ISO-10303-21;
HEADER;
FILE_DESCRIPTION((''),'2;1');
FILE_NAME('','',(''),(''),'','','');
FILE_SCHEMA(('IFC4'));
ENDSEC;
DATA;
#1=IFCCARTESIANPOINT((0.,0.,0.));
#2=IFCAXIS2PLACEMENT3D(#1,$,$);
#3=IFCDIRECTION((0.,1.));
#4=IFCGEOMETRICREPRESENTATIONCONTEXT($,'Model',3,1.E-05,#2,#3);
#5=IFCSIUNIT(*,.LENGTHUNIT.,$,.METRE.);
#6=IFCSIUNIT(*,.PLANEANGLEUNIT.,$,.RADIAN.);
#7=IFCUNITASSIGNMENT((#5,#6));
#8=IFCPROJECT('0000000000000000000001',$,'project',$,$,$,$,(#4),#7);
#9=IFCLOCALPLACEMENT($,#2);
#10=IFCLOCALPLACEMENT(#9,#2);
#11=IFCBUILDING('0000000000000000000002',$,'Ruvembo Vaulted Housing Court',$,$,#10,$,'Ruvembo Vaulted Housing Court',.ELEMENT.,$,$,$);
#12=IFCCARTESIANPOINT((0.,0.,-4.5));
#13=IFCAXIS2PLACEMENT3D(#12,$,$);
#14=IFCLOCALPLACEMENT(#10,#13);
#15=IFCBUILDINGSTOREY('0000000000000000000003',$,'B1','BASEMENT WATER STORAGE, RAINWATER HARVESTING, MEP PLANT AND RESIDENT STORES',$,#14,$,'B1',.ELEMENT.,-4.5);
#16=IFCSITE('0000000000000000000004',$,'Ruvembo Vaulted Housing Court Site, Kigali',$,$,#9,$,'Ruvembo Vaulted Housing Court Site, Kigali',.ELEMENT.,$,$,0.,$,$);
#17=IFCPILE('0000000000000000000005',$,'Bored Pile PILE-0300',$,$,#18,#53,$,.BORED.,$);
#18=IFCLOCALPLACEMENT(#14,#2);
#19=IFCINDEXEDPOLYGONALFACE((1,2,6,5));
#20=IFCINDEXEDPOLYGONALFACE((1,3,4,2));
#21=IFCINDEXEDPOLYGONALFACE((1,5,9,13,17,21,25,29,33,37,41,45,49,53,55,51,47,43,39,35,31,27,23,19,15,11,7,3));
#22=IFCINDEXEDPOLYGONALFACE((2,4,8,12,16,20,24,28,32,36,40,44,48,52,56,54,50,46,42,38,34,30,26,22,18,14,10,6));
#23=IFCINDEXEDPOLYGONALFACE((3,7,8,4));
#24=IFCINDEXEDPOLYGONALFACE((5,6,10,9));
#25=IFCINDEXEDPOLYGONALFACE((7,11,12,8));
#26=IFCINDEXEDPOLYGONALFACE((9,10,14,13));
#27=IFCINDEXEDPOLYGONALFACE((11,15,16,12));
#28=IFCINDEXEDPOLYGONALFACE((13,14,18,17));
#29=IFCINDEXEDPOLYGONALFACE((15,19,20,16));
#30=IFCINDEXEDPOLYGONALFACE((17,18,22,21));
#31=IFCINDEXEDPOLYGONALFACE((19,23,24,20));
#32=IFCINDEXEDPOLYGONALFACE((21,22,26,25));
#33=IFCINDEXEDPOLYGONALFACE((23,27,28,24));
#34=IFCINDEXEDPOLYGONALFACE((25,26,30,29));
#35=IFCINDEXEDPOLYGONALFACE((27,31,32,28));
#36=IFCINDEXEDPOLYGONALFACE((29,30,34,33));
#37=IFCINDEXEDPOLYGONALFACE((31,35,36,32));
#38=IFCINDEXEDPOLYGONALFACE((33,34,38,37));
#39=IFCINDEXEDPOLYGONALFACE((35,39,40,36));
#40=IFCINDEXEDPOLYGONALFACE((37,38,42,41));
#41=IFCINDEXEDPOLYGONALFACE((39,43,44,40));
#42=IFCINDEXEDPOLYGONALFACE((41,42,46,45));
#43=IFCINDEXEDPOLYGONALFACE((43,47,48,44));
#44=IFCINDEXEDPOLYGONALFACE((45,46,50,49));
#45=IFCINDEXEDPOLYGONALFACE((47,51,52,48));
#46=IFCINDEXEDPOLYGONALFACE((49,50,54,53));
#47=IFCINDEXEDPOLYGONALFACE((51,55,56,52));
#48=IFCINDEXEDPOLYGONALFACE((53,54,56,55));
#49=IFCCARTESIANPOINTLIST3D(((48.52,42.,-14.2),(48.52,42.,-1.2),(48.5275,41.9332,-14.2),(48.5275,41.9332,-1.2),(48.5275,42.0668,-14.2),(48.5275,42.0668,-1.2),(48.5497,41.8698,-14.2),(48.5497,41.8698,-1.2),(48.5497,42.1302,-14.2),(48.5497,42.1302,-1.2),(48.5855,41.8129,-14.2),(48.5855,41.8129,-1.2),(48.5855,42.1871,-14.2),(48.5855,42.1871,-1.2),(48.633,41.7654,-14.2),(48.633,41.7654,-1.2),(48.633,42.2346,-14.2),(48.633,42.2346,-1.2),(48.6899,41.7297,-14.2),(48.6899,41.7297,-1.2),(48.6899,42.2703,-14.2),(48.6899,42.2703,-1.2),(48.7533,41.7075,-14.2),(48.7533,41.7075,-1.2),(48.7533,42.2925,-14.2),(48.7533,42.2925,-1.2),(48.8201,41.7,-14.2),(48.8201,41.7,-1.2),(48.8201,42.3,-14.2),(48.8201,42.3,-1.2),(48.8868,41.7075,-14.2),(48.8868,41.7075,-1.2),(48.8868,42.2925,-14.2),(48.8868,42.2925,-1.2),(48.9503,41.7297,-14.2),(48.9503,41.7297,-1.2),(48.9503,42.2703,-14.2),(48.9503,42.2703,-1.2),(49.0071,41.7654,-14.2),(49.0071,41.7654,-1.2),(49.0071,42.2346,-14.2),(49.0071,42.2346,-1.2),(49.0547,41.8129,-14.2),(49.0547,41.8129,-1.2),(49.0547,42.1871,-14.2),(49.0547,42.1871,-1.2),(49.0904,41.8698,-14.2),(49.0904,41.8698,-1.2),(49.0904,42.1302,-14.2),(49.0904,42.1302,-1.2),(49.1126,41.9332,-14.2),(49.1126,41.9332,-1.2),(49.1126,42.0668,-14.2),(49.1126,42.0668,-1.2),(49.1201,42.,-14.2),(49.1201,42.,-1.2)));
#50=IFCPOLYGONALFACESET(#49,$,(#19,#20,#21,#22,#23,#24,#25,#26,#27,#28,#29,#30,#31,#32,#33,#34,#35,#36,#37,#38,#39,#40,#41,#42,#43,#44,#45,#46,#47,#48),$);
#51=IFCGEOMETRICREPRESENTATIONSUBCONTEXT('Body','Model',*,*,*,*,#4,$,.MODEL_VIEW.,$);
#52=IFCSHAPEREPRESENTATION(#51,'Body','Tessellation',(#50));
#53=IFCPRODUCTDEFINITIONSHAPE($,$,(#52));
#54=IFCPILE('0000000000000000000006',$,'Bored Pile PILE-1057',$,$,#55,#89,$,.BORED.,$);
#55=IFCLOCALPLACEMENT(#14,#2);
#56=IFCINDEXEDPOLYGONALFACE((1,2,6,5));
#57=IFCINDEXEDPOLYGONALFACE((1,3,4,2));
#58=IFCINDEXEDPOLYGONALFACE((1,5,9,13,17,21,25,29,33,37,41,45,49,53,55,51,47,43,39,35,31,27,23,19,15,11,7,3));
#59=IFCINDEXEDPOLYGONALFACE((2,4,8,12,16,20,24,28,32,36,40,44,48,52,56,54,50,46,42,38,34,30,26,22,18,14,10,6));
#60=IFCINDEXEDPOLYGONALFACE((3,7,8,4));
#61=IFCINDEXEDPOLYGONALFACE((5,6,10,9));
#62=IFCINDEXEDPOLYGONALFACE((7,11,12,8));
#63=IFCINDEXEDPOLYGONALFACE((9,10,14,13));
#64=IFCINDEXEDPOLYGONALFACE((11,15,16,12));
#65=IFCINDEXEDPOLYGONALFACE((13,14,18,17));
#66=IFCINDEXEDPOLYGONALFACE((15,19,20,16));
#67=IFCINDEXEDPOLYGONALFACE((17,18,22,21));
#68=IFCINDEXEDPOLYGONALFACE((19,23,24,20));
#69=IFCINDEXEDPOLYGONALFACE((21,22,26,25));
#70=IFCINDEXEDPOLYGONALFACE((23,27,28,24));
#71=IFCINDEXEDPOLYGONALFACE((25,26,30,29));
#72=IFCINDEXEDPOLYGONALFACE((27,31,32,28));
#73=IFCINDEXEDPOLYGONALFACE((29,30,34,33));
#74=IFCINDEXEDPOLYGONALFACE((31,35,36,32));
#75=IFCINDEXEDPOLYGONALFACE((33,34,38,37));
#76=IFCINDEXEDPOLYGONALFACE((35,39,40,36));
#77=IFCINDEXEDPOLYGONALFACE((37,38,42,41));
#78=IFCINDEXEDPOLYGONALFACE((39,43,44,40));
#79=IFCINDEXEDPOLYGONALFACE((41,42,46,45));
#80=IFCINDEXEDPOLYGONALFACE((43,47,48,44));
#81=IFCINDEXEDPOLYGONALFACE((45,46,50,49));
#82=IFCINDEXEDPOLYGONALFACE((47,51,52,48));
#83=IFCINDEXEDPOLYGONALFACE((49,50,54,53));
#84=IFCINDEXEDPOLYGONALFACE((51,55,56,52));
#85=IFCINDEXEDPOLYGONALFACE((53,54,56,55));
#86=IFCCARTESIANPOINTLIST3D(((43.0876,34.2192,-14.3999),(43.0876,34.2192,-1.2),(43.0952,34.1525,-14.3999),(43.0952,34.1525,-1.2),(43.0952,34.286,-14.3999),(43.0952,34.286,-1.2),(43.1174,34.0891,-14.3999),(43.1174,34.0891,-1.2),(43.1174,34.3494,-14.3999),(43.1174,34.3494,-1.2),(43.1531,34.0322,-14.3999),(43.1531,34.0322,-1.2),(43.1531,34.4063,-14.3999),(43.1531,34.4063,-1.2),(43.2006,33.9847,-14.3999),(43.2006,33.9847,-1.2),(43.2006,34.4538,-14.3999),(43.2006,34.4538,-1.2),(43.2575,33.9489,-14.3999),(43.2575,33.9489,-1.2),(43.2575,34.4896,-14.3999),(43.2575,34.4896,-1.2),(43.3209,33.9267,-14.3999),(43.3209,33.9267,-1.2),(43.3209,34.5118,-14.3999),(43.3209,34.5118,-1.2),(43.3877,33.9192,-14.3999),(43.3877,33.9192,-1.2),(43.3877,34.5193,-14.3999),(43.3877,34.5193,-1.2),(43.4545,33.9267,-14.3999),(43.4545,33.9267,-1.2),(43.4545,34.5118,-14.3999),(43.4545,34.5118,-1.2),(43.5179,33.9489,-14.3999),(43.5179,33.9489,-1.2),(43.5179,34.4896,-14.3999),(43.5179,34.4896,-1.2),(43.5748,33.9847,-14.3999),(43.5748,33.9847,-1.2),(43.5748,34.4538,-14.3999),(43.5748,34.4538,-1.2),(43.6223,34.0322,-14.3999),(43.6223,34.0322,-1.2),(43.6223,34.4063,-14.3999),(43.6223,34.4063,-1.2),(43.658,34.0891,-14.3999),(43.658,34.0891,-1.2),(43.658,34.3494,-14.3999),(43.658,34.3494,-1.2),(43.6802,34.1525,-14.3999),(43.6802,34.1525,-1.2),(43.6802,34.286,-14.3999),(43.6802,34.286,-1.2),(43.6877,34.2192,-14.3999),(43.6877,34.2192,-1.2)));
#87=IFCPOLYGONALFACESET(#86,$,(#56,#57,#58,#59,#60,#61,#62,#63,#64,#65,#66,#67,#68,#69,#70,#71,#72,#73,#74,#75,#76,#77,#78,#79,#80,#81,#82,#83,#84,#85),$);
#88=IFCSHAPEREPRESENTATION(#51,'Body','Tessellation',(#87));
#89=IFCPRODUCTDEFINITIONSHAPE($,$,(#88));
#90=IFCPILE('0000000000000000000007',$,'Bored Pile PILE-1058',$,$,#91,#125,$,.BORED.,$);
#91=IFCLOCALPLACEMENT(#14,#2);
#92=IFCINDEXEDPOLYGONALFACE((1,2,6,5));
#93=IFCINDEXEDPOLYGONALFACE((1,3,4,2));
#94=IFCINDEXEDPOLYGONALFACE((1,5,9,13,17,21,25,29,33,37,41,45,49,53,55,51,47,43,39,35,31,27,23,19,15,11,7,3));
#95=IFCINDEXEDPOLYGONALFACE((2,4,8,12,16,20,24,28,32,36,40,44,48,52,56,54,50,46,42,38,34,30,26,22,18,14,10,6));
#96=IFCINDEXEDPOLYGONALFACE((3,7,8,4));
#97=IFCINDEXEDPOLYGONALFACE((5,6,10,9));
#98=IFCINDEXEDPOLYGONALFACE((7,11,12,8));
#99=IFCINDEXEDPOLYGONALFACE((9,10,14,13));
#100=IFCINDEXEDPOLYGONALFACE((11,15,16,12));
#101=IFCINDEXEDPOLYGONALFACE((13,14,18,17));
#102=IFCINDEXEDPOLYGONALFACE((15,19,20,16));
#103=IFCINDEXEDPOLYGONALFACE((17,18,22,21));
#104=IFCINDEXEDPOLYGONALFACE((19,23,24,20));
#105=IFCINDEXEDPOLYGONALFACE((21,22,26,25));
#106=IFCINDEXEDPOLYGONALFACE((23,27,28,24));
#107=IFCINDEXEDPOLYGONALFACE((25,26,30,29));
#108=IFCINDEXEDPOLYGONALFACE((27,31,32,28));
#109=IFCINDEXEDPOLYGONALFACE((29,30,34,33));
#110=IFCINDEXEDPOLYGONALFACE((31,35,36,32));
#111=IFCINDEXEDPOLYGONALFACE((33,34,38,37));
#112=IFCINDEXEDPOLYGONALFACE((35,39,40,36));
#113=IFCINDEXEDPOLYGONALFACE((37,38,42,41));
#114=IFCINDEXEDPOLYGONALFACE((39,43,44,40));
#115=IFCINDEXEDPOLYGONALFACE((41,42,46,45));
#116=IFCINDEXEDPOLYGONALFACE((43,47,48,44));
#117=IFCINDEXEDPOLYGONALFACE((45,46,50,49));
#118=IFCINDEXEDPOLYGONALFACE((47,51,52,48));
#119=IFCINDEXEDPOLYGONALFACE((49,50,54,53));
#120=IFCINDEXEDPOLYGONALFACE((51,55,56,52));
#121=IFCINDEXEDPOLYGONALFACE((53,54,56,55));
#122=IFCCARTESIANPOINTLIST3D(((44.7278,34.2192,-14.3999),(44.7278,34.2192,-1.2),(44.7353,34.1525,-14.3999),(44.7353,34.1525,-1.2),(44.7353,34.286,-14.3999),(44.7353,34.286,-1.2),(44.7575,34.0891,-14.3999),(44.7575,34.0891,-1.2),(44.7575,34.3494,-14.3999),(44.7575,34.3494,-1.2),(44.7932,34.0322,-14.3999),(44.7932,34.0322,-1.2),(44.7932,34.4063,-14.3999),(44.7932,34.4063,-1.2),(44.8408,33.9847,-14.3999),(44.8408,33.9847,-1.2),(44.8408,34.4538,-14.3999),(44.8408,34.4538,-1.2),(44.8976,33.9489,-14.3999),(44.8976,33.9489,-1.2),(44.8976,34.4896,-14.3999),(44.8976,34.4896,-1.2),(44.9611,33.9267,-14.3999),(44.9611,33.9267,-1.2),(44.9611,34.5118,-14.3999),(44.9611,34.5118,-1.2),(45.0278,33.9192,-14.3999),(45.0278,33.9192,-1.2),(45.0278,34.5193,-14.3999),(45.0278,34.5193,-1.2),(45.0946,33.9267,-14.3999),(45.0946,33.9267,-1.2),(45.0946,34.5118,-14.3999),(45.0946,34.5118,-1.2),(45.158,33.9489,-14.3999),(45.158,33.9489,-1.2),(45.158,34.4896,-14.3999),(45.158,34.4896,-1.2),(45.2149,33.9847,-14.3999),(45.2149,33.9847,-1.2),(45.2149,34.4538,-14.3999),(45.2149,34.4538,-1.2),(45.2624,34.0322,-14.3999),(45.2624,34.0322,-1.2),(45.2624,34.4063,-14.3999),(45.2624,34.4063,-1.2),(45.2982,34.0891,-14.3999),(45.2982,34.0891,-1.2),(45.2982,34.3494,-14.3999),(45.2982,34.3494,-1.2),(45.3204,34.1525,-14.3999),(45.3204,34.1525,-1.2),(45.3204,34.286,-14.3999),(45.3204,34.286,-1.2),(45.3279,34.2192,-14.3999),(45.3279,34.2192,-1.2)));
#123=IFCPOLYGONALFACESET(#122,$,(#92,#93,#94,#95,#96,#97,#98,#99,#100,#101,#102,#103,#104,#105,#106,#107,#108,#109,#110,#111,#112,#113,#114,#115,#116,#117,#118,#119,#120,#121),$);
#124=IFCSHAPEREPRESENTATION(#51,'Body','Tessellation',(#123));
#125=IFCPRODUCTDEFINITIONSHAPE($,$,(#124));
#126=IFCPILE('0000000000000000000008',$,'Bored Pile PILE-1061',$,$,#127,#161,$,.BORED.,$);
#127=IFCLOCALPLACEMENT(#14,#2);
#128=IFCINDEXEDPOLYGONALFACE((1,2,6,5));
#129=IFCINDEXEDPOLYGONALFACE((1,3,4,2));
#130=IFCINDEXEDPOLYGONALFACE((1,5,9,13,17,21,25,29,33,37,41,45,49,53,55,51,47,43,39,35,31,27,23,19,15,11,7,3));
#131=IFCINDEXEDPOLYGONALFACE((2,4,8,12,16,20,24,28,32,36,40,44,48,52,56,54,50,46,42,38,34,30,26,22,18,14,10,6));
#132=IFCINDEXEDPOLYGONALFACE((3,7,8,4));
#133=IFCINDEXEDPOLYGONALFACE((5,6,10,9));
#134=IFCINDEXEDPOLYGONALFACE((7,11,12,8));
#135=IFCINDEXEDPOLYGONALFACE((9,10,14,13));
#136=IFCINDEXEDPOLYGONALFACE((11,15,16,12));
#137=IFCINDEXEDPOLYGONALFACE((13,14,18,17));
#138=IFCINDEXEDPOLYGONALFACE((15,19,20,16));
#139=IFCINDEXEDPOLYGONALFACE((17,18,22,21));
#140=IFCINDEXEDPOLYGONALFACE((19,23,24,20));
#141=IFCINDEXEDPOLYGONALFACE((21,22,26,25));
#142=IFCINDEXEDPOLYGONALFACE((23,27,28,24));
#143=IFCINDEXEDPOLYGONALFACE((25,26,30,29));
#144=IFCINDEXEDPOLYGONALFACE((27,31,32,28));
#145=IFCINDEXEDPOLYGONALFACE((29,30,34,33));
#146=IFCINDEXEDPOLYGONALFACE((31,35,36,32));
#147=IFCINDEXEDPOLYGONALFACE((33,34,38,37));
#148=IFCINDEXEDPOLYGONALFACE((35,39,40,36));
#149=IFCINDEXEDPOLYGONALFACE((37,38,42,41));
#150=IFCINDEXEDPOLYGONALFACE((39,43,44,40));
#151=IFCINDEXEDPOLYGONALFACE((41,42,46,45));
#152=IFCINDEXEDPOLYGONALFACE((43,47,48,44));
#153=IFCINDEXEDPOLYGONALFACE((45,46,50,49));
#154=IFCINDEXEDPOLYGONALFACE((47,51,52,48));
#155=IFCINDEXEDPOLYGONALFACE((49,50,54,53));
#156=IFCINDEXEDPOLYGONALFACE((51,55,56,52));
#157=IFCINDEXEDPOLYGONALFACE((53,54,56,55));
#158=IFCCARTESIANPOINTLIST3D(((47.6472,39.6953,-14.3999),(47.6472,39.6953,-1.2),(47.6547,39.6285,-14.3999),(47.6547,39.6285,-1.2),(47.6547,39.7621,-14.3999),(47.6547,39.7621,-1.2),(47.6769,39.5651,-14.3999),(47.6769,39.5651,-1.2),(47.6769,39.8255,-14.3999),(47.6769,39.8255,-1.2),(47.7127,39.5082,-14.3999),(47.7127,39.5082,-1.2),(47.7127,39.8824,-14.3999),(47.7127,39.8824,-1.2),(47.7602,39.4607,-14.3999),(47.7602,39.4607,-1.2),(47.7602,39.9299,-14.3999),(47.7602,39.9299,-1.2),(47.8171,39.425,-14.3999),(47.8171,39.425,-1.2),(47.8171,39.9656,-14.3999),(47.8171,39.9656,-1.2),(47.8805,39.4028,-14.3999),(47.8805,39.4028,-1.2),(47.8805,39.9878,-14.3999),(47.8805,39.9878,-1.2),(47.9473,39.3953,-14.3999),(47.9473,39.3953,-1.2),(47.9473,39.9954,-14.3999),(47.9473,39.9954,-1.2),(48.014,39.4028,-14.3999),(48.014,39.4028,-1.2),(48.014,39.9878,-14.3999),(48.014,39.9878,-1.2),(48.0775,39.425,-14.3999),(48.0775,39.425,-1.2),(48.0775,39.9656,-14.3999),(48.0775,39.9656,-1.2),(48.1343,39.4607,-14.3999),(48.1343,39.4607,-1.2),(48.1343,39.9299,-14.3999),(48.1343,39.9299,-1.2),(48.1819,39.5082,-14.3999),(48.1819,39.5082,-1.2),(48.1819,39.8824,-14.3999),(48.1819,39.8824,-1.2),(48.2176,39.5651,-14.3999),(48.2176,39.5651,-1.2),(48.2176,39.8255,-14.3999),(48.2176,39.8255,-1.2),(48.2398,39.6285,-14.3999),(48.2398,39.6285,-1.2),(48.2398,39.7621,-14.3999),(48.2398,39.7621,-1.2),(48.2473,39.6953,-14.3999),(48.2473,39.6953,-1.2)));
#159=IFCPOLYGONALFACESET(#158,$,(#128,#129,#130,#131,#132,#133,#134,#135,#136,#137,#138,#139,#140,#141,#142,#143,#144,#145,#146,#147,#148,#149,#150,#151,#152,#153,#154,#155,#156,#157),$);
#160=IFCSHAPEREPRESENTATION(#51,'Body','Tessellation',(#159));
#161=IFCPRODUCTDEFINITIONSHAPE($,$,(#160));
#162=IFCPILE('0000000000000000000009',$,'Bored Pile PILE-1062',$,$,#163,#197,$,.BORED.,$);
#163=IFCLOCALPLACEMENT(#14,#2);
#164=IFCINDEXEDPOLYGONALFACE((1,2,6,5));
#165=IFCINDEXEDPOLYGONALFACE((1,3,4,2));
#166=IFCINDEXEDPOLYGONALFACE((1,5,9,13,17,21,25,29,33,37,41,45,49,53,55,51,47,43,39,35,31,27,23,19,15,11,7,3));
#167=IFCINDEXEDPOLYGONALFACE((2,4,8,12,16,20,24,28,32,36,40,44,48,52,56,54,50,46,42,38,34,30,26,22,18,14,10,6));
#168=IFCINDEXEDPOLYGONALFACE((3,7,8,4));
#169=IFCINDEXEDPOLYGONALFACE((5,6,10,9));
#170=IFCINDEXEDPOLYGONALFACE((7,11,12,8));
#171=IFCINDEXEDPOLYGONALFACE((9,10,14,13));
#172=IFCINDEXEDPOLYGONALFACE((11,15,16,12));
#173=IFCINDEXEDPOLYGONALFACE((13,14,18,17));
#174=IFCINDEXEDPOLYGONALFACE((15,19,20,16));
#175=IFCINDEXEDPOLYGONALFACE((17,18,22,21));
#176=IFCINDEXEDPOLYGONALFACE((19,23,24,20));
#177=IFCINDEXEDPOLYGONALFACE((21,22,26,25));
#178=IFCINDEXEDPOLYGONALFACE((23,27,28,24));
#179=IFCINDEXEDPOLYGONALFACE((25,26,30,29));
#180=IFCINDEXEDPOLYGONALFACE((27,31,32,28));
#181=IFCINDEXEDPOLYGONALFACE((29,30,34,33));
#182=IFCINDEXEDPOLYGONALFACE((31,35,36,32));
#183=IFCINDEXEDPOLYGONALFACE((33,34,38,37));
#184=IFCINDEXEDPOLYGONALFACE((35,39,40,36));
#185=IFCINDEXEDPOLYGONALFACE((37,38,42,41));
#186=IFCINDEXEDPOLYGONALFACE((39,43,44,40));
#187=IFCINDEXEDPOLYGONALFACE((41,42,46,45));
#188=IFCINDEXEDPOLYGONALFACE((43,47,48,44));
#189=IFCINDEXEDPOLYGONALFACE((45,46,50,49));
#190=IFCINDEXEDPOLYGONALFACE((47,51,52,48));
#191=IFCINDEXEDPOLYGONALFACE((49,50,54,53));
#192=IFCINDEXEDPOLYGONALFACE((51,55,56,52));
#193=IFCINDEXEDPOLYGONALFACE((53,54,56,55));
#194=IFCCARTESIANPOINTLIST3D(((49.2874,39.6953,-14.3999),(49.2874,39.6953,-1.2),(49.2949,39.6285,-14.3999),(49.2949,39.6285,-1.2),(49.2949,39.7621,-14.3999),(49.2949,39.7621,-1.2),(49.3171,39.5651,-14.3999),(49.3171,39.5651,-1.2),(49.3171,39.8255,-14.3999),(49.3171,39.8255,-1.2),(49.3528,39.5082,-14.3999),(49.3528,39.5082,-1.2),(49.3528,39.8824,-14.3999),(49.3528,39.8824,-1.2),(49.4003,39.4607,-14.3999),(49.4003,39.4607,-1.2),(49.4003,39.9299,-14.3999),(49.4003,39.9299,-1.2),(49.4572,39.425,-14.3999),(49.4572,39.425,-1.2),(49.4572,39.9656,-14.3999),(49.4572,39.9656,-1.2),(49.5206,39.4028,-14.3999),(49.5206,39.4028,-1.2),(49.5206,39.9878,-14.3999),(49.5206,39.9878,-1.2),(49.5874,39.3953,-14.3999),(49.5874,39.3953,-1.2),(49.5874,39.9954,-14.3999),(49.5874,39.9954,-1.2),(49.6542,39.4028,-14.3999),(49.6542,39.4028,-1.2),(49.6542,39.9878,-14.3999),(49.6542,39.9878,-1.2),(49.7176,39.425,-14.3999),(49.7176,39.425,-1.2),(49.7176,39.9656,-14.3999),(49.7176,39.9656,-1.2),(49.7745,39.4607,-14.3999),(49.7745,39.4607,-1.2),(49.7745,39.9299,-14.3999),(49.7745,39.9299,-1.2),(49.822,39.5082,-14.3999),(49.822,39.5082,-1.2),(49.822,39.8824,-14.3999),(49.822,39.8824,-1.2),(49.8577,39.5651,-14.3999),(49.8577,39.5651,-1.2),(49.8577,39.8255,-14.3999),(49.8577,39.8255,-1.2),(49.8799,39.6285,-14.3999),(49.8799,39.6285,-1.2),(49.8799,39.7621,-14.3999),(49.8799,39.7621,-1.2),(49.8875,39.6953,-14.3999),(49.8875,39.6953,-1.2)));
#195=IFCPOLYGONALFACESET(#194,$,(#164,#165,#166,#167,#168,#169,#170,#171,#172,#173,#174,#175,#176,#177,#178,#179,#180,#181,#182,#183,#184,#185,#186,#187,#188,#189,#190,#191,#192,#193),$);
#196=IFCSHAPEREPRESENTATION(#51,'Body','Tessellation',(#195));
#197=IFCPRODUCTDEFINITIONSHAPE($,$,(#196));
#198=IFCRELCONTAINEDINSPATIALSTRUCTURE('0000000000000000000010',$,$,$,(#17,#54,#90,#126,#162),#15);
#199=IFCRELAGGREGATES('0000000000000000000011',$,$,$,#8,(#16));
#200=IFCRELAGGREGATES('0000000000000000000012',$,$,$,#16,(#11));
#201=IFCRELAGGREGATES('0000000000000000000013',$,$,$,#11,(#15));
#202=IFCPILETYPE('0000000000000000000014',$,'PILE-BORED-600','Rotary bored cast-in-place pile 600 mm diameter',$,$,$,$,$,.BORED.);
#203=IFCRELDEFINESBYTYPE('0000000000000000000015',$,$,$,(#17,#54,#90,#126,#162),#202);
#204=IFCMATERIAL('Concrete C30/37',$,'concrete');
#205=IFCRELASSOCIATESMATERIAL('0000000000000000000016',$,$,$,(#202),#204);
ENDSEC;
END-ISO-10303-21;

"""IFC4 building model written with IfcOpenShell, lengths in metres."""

from ifc_helpers import new_model, si_unit, direction, frame, origin, origin_2d, place, context, subcontext, project, spatial, circle, extrude, material, material_profile, profile_set, type_object, element, save


model = new_model("IFC4")

# Units and contexts
model_context = context("Model", 3, precision=1e-05, world=origin(), true_north=direction((0.0, 1.0)))
body_context = subcontext(model_context, "Body", "Model", "MODEL_VIEW")
ifc_project = project(units=[si_unit("LENGTHUNIT", "METRE"), si_unit("PLANEANGLEUNIT", "RADIAN")], contexts=[model_context])

# Site, building, storey
site_placement = place(None, origin())
site = spatial("IfcSite", under=ifc_project, at=site_placement, Name="Ruvembo Vaulted Housing Court Site, Kigali", LongName="Ruvembo Vaulted Housing Court Site, Kigali", CompositionType="ELEMENT", RefElevation=0.0)
building_placement = place(site_placement, origin())
building = spatial("IfcBuilding", under=site, at=building_placement, Name="Ruvembo Vaulted Housing Court", LongName="Ruvembo Vaulted Housing Court", CompositionType="ELEMENT")
storey_placement = place(building_placement, frame((0.0, 0.0, -4.5)))
storey = spatial("IfcBuildingStorey", under=building, at=storey_placement, Name="B1", Description="BASEMENT WATER STORAGE, RAINWATER HARVESTING, MEP PLANT AND RESIDENT STORES", LongName="B1", CompositionType="ELEMENT", Elevation=-4.5)

# Piles
ifc_material_1 = material(Name="Concrete C30/37", Category="concrete")
ifc_material_profile_1 = material_profile(ifc_material_1, circle(Radius=0.3, at=origin_2d()), Name="PILE D600")
ifc_profile_set_1 = profile_set([ifc_material_profile_1], Name="Concrete C30/37")
pile_type_1 = type_object("IfcPileType", Name="PILE-BORED-600", Description="Rotary bored cast-in-place pile 600 mm diameter", PredefinedType="BORED", material=ifc_profile_set_1)
for number, where, z_axis, x_axis, name in (
    (1, (48.8201, 42.0, -1.2), (0.0, 0.0, -1.0), (1.0, 0.0, 0.0), "Bored Pile PILE-0300"),
):
    element("IfcPile", number, at=place(storey_placement, frame(where, z_axis=z_axis, x_axis=x_axis)), inside=storey, type_object=pile_type_1, Name=name, PredefinedType="BORED", context=body_context, shape_type="SweptSolid", body=[
        extrude(circle(Radius=0.3, at=origin_2d()), origin(), (0.0, 0.0, 1.0), 13.0),
    ])
for number, where, z_axis, x_axis, name in (
    (2, (43.3877, 34.2192, -1.2), (0.0, 0.0, -1.0), (1.0, 0.0, 0.0), "Bored Pile PILE-1057"),
    (3, (45.0278, 34.2192, -1.2), (0.0, 0.0, -1.0), (1.0, 0.0, 0.0), "Bored Pile PILE-1058"),
    (4, (47.9473, 39.6953, -1.2), (0.0, 0.0, -1.0), (1.0, 0.0, 0.0), "Bored Pile PILE-1061"),
    (5, (49.5874, 39.6953, -1.2), (0.0, 0.0, -1.0), (1.0, 0.0, 0.0), "Bored Pile PILE-1062"),
):
    element("IfcPile", number, at=place(storey_placement, frame(where, z_axis=z_axis, x_axis=x_axis)), inside=storey, type_object=pile_type_1, Name=name, PredefinedType="BORED", context=body_context, shape_type="SweptSolid", body=[
        extrude(circle(Radius=0.3, at=origin_2d()), origin(), (0.0, 0.0, 1.0), 13.2),
    ])

save(model, "model.ifc")
